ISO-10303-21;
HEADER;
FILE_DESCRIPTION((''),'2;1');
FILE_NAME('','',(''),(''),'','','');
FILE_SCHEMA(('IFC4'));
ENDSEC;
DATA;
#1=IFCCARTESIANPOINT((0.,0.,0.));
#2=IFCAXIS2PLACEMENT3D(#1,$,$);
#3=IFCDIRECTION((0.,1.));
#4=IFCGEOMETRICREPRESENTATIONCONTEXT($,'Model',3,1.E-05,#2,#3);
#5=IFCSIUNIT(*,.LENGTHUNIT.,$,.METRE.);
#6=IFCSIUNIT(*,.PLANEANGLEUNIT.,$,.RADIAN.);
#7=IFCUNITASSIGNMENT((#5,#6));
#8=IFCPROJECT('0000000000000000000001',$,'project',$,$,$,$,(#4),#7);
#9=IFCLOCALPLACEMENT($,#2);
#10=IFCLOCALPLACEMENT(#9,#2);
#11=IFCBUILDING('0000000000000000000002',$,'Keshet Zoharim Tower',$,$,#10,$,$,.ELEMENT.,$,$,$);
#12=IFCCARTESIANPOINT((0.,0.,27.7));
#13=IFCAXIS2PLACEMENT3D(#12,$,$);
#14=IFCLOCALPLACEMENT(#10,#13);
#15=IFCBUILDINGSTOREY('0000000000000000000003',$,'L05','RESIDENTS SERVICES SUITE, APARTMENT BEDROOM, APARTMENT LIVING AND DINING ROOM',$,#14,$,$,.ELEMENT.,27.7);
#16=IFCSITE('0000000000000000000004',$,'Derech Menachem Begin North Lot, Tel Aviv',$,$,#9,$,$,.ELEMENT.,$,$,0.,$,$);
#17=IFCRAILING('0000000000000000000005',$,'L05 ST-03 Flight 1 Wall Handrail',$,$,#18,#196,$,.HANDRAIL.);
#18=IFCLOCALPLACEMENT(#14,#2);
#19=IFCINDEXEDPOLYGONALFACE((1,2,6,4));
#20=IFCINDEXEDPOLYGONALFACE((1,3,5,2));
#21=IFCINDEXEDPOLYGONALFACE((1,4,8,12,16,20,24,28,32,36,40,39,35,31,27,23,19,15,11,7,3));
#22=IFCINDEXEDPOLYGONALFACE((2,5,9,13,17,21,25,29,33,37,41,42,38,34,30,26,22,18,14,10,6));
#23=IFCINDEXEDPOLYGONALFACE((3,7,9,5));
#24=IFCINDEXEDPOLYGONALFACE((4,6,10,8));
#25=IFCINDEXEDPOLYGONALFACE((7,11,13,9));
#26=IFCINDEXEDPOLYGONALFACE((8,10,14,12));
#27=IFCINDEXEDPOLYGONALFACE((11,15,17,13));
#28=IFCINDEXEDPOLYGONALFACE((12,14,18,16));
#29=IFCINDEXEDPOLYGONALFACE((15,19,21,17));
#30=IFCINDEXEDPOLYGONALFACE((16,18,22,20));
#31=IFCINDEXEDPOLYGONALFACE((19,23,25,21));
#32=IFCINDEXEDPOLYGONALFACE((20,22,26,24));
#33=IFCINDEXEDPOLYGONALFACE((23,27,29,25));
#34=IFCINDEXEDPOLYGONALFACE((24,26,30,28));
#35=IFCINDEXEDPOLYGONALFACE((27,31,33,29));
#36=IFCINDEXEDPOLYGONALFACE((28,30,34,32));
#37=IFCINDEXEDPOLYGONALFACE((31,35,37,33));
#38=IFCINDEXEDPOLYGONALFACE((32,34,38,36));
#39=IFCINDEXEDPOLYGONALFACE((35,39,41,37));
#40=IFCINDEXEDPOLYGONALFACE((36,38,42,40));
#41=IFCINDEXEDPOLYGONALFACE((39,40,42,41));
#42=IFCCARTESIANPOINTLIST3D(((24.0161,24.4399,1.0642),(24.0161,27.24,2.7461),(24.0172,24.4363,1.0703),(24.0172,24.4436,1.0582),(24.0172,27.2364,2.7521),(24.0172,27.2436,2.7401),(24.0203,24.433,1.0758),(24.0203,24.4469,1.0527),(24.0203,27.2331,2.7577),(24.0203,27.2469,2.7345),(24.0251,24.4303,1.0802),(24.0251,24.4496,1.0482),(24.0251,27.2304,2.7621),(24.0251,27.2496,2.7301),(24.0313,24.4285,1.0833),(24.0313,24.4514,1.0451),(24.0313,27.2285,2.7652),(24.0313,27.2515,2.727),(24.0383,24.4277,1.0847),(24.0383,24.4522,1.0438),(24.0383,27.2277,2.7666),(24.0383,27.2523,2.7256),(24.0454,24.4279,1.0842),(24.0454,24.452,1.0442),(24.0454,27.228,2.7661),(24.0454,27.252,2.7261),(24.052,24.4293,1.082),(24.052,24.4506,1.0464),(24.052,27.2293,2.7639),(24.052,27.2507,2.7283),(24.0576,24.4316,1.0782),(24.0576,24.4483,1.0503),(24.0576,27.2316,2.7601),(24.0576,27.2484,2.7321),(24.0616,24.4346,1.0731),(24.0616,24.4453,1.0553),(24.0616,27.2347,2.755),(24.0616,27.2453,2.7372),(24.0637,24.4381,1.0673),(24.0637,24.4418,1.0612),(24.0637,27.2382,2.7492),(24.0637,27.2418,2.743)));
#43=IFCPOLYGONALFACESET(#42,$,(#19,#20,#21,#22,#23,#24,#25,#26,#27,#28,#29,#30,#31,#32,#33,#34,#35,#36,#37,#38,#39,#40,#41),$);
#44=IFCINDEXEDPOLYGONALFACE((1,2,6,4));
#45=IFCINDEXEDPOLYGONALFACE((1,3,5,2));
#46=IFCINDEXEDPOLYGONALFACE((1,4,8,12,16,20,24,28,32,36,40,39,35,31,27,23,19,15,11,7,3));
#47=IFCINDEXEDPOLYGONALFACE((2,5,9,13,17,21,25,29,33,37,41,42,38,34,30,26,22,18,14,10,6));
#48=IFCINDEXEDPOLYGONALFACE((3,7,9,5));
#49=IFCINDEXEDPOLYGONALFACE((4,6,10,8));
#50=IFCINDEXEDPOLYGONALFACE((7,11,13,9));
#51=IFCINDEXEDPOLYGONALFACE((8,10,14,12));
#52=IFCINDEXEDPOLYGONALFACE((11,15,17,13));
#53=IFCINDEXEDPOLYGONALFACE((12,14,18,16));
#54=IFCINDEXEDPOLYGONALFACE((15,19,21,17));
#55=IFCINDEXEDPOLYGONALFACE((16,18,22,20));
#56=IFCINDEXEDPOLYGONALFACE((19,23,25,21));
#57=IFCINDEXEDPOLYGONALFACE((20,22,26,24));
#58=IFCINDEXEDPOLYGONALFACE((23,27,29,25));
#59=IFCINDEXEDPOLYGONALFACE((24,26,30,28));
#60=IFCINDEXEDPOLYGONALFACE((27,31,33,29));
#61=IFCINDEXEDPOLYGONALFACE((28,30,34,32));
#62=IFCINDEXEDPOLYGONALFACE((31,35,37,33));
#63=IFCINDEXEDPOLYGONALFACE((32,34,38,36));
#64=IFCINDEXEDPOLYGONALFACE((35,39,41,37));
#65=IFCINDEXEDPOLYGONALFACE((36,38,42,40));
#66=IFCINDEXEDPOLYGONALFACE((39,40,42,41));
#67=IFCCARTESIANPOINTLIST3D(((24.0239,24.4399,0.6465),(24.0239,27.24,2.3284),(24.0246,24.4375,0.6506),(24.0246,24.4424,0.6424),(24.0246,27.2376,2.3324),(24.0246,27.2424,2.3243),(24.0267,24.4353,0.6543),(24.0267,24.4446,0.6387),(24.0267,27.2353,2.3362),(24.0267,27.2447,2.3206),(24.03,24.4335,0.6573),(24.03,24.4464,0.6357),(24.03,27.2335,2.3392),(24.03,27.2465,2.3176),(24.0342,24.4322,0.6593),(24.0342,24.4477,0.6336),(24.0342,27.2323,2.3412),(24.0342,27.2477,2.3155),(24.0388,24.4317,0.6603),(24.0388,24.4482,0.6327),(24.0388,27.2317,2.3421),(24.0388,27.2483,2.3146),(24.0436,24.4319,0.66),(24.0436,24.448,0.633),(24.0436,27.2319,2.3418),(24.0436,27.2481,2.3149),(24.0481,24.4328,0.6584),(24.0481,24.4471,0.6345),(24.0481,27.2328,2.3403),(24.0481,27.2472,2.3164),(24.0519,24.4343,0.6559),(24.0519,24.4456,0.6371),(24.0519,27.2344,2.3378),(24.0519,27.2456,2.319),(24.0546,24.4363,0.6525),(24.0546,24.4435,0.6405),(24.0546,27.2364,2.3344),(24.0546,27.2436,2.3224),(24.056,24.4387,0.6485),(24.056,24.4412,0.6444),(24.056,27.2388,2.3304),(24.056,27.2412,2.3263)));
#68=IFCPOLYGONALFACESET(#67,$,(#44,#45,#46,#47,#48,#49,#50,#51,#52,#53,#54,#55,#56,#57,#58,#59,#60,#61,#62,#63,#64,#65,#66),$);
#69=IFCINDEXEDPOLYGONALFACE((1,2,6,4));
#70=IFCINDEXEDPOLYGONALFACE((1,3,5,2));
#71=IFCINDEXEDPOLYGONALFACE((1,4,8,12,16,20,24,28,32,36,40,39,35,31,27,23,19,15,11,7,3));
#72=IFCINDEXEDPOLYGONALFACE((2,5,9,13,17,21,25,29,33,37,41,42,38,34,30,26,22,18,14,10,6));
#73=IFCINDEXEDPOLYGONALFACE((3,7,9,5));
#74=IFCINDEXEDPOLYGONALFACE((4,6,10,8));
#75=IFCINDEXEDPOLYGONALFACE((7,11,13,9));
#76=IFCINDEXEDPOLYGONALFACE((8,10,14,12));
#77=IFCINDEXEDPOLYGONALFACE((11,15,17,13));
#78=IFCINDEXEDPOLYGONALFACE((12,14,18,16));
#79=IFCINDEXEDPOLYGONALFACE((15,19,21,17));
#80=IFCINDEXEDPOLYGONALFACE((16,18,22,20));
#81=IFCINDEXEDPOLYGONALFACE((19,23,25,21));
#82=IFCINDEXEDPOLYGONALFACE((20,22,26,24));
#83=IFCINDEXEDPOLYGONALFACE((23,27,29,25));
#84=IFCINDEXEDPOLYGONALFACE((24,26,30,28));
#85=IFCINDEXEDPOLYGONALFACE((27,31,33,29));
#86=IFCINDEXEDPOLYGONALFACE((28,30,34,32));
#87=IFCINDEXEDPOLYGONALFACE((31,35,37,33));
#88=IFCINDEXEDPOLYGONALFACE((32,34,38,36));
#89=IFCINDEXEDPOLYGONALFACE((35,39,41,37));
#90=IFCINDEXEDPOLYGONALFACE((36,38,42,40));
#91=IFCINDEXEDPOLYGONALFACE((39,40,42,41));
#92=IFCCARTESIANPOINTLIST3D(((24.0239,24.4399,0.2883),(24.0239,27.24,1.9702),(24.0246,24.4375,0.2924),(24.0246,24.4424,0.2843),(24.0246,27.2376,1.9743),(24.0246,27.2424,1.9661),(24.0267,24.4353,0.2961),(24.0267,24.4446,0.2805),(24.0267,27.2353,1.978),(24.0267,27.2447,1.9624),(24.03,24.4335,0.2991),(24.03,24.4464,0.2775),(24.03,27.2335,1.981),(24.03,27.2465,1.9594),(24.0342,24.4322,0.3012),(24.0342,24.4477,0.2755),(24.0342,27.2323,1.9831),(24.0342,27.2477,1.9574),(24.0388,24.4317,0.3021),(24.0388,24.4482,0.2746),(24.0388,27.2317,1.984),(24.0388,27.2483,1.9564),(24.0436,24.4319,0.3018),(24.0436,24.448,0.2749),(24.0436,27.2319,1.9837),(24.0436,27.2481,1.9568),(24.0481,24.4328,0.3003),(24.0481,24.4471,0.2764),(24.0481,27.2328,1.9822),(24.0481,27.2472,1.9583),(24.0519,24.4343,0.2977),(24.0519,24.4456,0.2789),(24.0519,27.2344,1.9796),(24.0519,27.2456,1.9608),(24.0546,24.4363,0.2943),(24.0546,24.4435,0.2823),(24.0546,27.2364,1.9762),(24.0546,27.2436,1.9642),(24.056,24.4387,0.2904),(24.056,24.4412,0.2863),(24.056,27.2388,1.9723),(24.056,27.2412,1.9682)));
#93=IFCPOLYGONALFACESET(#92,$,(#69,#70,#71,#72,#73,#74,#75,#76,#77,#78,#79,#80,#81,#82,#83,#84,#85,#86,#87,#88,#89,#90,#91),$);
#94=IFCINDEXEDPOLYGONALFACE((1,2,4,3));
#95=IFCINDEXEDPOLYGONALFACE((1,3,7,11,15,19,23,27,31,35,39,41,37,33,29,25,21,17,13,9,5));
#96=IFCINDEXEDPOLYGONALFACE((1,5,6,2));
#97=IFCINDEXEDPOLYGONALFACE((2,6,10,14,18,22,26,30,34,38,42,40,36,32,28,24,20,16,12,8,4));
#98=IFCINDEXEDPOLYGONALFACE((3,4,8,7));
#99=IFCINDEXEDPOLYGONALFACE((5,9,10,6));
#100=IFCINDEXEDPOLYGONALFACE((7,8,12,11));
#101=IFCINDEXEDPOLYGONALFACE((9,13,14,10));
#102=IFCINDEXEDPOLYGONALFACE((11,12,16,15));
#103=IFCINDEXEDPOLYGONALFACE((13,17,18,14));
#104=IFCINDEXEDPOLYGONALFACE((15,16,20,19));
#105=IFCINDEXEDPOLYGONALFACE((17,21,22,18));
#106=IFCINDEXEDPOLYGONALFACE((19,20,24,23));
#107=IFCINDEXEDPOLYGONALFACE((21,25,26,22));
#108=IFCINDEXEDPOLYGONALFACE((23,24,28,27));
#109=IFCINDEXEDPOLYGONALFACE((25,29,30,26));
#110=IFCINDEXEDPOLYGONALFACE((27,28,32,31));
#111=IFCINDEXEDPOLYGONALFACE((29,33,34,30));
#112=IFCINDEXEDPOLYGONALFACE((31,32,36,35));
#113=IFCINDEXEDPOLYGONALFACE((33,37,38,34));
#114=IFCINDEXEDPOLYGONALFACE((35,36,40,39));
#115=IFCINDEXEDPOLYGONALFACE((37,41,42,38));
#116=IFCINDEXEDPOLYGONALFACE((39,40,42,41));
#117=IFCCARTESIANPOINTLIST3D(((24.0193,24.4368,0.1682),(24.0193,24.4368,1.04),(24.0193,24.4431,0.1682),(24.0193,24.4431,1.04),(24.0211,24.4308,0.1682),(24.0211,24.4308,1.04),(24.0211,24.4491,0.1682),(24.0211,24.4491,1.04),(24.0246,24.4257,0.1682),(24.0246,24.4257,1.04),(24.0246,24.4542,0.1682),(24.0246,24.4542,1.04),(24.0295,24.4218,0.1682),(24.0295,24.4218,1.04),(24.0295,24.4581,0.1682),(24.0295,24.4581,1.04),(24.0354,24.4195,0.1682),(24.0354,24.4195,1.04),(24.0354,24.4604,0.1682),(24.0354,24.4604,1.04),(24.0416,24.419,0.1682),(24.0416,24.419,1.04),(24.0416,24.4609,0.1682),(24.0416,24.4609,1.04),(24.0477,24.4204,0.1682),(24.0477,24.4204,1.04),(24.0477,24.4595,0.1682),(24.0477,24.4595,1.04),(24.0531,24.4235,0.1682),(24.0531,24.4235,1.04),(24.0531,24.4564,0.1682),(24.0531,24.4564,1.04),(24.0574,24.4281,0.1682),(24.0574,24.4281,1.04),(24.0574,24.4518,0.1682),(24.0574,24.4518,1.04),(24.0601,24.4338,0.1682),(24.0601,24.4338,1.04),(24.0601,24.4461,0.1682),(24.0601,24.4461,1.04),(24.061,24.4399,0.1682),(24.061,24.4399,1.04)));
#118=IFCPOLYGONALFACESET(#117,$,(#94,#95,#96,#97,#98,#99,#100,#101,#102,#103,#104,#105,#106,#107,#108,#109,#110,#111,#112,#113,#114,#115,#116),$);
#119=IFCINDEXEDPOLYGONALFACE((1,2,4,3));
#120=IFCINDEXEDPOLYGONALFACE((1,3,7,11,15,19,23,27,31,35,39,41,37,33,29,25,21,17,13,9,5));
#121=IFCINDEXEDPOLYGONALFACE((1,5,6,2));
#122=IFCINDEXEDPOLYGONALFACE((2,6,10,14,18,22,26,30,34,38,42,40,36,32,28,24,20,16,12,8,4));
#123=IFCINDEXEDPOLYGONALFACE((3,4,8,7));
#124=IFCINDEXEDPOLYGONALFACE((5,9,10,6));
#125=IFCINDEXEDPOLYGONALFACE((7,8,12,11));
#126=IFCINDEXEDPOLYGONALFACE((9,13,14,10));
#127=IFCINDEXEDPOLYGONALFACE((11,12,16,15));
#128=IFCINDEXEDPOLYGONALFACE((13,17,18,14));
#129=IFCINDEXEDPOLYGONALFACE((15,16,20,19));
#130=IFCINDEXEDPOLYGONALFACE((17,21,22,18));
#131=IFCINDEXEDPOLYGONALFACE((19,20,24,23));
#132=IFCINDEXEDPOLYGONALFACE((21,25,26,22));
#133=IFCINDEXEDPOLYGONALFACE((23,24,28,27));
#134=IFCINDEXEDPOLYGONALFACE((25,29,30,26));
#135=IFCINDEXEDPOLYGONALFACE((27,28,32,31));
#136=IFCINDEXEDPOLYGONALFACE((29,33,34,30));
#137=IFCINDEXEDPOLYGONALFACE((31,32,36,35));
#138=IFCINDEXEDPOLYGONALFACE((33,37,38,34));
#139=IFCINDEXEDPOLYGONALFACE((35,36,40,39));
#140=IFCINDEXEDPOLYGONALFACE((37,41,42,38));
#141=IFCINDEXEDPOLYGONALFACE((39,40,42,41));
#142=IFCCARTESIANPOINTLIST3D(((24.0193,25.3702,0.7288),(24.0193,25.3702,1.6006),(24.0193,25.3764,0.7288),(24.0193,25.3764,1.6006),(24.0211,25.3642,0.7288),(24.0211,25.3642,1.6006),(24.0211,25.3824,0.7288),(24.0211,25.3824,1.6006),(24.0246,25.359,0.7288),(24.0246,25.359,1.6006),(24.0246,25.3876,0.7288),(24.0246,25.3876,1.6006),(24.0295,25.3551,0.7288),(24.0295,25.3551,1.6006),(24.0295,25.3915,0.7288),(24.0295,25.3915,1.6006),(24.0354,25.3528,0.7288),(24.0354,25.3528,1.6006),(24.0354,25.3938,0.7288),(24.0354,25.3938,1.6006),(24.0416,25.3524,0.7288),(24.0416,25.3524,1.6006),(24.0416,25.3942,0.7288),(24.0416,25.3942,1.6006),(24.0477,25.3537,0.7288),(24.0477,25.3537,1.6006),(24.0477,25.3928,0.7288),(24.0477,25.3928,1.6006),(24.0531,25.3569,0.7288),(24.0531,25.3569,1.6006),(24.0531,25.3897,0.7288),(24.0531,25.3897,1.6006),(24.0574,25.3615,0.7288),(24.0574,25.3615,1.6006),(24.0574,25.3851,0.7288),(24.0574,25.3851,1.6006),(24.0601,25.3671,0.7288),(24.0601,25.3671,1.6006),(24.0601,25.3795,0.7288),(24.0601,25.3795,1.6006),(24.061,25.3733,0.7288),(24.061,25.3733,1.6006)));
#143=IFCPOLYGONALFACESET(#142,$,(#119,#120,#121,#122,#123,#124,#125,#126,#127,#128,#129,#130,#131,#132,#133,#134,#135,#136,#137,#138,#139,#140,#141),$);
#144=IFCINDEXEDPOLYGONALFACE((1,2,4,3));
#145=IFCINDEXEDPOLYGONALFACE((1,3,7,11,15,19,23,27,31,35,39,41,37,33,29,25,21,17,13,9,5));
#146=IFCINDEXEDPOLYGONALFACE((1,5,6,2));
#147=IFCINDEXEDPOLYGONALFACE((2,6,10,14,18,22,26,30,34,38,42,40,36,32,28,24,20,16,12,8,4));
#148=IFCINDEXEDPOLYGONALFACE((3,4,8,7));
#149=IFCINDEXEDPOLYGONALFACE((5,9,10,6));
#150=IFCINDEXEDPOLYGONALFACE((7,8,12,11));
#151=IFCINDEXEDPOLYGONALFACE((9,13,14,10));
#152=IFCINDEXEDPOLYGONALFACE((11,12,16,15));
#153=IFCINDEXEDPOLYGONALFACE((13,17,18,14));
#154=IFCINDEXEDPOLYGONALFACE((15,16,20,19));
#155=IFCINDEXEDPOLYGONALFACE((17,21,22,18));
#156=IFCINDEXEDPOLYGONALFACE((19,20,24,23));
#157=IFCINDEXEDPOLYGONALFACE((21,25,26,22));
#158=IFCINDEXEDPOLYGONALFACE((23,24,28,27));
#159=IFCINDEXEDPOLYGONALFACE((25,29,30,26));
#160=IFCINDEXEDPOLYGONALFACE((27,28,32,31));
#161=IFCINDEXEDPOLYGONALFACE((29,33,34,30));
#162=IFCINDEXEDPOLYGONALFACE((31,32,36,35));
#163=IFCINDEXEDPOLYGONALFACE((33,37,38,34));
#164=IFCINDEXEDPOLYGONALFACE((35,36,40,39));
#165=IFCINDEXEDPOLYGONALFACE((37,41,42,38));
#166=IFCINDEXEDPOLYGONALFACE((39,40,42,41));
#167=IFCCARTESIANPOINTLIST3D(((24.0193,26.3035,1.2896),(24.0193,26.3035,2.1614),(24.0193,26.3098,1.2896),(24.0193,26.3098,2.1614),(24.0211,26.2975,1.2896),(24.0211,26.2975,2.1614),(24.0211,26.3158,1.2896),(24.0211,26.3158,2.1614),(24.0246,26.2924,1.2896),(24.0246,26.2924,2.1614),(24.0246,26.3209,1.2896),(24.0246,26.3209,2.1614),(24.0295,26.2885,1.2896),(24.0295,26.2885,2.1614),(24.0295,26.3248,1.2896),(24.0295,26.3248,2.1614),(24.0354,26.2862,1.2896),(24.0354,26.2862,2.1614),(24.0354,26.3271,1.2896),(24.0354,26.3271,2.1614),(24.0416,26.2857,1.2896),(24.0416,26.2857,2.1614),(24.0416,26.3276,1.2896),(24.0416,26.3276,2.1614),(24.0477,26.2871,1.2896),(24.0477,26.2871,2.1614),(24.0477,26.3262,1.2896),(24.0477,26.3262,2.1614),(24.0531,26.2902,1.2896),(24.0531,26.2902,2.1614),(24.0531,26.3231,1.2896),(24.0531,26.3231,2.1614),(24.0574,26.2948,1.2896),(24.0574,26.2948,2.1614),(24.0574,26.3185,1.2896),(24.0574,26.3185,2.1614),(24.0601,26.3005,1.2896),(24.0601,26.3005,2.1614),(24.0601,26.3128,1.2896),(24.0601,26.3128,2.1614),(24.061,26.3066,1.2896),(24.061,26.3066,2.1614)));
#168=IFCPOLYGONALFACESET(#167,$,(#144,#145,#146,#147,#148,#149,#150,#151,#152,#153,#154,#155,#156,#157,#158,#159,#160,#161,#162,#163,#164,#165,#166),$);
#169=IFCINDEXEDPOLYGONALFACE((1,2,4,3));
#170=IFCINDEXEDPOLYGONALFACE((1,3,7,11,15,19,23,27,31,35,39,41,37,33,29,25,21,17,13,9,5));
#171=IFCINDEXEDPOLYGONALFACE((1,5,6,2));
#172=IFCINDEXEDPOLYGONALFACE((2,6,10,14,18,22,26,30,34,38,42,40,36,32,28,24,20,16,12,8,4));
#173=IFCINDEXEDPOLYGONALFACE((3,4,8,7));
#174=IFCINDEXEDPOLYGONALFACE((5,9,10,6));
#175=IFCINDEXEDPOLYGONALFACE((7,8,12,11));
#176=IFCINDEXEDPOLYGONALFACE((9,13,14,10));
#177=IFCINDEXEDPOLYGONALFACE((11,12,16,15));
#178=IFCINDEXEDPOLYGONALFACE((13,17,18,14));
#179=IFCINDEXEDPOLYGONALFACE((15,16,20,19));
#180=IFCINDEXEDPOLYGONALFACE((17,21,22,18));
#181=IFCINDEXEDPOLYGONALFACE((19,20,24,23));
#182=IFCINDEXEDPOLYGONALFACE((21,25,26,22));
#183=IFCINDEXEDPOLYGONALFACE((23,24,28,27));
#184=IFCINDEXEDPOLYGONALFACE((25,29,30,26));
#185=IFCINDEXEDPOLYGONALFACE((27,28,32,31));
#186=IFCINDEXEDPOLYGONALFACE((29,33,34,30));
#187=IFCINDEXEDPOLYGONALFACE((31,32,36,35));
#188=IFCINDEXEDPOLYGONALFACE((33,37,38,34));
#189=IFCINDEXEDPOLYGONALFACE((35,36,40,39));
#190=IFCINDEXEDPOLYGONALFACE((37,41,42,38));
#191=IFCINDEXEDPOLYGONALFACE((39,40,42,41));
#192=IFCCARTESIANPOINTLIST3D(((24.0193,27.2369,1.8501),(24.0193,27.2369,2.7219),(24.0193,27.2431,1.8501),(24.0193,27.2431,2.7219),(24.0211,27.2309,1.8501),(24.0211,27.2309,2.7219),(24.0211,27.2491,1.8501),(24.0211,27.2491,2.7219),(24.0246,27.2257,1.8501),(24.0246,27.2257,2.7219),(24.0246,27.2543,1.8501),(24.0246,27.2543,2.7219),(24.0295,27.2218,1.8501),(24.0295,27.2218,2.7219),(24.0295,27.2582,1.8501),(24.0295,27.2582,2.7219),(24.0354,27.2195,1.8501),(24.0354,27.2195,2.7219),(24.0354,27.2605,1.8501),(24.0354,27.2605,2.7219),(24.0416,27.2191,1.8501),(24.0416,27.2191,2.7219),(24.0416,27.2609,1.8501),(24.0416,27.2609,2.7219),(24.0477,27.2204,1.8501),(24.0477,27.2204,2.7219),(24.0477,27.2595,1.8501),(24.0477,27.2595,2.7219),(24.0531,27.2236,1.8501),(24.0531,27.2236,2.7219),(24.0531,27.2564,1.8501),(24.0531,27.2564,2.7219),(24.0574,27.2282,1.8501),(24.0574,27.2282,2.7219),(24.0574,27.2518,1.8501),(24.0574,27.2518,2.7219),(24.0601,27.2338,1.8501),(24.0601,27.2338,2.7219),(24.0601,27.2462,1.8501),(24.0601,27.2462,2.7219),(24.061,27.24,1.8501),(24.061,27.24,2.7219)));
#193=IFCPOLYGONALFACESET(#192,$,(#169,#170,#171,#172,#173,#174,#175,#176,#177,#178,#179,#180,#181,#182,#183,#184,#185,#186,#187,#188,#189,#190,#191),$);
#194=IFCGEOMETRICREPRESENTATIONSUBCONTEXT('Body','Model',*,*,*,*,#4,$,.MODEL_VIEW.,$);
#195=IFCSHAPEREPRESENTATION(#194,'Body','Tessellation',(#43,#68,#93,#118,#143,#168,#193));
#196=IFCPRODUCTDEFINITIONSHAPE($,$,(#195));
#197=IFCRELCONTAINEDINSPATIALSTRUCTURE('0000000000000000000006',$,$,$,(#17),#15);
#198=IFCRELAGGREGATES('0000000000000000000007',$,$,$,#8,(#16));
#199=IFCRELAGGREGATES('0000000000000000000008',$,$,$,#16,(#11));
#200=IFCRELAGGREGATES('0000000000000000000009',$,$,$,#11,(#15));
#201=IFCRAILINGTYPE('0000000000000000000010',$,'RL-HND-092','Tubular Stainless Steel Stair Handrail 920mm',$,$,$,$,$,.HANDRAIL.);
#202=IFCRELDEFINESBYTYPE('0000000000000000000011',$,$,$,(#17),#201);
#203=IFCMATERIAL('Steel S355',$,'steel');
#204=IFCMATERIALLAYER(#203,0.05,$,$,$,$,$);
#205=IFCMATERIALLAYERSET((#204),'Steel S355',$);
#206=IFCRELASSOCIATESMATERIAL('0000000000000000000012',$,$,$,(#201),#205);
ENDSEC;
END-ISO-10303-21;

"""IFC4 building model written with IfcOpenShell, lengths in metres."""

from ifc_helpers import new_model, si_unit, direction, frame, origin, origin_2d, place, context, subcontext, project, spatial, circle, extrude, material, layer, layer_set, type_object, element, save


model = new_model("IFC4")

# Units and contexts
model_context = context("Model", 3, precision=1e-05, world=origin(), true_north=direction((0.0, 1.0)))
body_context = subcontext(model_context, "Body", "Model", "MODEL_VIEW")
ifc_project = project(units=[si_unit("LENGTHUNIT", "METRE"), si_unit("PLANEANGLEUNIT", "RADIAN")], contexts=[model_context])

# Site, building, storey
site_placement = place(None, origin())
site = spatial("IfcSite", under=ifc_project, at=site_placement, Name="Derech Menachem Begin North Lot, Tel Aviv", CompositionType="ELEMENT", RefElevation=0.0)
building_placement = place(site_placement, origin())
building = spatial("IfcBuilding", under=site, at=building_placement, Name="Keshet Zoharim Tower", CompositionType="ELEMENT")
storey_placement = place(building_placement, frame((0.0, 0.0, 27.7)))
storey = spatial("IfcBuildingStorey", under=building, at=storey_placement, Name="L05", Description="RESIDENTS SERVICES SUITE, APARTMENT BEDROOM, APARTMENT LIVING AND DINING ROOM", CompositionType="ELEMENT", Elevation=27.7)

# Shared definitions
ifc_material_1 = material(Name="Steel S355", Category="steel")

# Railing
ifc_layer_1 = layer(ifc_material_1, 0.05)
ifc_layer_set_1 = layer_set([ifc_layer_1], Name="Steel S355")
railing_type_1 = type_object("IfcRailingType", Name="RL-HND-092", Description="Tubular Stainless Steel Stair Handrail 920mm", PredefinedType="HANDRAIL", material=ifc_layer_set_1)
railing_1_placement = place(storey_placement, frame((24.04, 24.4399, 0.1682)))
element("IfcRailing", 1, at=railing_1_placement, inside=storey, type_object=railing_type_1, Name="L05 ST-03 Flight 1 Wall Handrail", PredefinedType="HANDRAIL", context=body_context, shape_type="SweptSolid", body=[
    extrude(circle(Radius=0.0239, at=origin_2d()), frame((0.0, 0.0, 0.896), z_axis=(0.0, 0.857242, 0.514913), x_axis=(-1.0, 0.0, 0.0)), (0.0, 0.0, 1.0), 3.2664),
    extrude(circle(Radius=0.0161, at=origin_2d()), frame((0.0, 0.0, 0.4783), z_axis=(0.0, 0.857242, 0.514913), x_axis=(-1.0, 0.0, 0.0)), (0.0, 0.0, 1.0), 3.2664),
    extrude(circle(Radius=0.0161, at=origin_2d()), frame((0.0, 0.0, 0.1201), z_axis=(0.0, 0.857242, 0.514913), x_axis=(-1.0, 0.0, 0.0)), (0.0, 0.0, 1.0), 3.2664),
    extrude(circle(Radius=0.021, at=origin_2d()), origin(), (0.0, 0.0, 1.0), 0.8718),
    extrude(circle(Radius=0.021, at=origin_2d()), frame((0.0, 0.9333, 0.5605)), (0.0, 0.0, 1.0), 0.8718),
    extrude(circle(Radius=0.021, at=origin_2d()), frame((0.0, 1.8667, 1.1213)), (0.0, 0.0, 1.0), 0.8718),
    extrude(circle(Radius=0.021, at=origin_2d()), frame((0.0, 2.8, 1.6819)), (0.0, 0.0, 1.0), 0.8718),
])

save(model, "model.ifc")
